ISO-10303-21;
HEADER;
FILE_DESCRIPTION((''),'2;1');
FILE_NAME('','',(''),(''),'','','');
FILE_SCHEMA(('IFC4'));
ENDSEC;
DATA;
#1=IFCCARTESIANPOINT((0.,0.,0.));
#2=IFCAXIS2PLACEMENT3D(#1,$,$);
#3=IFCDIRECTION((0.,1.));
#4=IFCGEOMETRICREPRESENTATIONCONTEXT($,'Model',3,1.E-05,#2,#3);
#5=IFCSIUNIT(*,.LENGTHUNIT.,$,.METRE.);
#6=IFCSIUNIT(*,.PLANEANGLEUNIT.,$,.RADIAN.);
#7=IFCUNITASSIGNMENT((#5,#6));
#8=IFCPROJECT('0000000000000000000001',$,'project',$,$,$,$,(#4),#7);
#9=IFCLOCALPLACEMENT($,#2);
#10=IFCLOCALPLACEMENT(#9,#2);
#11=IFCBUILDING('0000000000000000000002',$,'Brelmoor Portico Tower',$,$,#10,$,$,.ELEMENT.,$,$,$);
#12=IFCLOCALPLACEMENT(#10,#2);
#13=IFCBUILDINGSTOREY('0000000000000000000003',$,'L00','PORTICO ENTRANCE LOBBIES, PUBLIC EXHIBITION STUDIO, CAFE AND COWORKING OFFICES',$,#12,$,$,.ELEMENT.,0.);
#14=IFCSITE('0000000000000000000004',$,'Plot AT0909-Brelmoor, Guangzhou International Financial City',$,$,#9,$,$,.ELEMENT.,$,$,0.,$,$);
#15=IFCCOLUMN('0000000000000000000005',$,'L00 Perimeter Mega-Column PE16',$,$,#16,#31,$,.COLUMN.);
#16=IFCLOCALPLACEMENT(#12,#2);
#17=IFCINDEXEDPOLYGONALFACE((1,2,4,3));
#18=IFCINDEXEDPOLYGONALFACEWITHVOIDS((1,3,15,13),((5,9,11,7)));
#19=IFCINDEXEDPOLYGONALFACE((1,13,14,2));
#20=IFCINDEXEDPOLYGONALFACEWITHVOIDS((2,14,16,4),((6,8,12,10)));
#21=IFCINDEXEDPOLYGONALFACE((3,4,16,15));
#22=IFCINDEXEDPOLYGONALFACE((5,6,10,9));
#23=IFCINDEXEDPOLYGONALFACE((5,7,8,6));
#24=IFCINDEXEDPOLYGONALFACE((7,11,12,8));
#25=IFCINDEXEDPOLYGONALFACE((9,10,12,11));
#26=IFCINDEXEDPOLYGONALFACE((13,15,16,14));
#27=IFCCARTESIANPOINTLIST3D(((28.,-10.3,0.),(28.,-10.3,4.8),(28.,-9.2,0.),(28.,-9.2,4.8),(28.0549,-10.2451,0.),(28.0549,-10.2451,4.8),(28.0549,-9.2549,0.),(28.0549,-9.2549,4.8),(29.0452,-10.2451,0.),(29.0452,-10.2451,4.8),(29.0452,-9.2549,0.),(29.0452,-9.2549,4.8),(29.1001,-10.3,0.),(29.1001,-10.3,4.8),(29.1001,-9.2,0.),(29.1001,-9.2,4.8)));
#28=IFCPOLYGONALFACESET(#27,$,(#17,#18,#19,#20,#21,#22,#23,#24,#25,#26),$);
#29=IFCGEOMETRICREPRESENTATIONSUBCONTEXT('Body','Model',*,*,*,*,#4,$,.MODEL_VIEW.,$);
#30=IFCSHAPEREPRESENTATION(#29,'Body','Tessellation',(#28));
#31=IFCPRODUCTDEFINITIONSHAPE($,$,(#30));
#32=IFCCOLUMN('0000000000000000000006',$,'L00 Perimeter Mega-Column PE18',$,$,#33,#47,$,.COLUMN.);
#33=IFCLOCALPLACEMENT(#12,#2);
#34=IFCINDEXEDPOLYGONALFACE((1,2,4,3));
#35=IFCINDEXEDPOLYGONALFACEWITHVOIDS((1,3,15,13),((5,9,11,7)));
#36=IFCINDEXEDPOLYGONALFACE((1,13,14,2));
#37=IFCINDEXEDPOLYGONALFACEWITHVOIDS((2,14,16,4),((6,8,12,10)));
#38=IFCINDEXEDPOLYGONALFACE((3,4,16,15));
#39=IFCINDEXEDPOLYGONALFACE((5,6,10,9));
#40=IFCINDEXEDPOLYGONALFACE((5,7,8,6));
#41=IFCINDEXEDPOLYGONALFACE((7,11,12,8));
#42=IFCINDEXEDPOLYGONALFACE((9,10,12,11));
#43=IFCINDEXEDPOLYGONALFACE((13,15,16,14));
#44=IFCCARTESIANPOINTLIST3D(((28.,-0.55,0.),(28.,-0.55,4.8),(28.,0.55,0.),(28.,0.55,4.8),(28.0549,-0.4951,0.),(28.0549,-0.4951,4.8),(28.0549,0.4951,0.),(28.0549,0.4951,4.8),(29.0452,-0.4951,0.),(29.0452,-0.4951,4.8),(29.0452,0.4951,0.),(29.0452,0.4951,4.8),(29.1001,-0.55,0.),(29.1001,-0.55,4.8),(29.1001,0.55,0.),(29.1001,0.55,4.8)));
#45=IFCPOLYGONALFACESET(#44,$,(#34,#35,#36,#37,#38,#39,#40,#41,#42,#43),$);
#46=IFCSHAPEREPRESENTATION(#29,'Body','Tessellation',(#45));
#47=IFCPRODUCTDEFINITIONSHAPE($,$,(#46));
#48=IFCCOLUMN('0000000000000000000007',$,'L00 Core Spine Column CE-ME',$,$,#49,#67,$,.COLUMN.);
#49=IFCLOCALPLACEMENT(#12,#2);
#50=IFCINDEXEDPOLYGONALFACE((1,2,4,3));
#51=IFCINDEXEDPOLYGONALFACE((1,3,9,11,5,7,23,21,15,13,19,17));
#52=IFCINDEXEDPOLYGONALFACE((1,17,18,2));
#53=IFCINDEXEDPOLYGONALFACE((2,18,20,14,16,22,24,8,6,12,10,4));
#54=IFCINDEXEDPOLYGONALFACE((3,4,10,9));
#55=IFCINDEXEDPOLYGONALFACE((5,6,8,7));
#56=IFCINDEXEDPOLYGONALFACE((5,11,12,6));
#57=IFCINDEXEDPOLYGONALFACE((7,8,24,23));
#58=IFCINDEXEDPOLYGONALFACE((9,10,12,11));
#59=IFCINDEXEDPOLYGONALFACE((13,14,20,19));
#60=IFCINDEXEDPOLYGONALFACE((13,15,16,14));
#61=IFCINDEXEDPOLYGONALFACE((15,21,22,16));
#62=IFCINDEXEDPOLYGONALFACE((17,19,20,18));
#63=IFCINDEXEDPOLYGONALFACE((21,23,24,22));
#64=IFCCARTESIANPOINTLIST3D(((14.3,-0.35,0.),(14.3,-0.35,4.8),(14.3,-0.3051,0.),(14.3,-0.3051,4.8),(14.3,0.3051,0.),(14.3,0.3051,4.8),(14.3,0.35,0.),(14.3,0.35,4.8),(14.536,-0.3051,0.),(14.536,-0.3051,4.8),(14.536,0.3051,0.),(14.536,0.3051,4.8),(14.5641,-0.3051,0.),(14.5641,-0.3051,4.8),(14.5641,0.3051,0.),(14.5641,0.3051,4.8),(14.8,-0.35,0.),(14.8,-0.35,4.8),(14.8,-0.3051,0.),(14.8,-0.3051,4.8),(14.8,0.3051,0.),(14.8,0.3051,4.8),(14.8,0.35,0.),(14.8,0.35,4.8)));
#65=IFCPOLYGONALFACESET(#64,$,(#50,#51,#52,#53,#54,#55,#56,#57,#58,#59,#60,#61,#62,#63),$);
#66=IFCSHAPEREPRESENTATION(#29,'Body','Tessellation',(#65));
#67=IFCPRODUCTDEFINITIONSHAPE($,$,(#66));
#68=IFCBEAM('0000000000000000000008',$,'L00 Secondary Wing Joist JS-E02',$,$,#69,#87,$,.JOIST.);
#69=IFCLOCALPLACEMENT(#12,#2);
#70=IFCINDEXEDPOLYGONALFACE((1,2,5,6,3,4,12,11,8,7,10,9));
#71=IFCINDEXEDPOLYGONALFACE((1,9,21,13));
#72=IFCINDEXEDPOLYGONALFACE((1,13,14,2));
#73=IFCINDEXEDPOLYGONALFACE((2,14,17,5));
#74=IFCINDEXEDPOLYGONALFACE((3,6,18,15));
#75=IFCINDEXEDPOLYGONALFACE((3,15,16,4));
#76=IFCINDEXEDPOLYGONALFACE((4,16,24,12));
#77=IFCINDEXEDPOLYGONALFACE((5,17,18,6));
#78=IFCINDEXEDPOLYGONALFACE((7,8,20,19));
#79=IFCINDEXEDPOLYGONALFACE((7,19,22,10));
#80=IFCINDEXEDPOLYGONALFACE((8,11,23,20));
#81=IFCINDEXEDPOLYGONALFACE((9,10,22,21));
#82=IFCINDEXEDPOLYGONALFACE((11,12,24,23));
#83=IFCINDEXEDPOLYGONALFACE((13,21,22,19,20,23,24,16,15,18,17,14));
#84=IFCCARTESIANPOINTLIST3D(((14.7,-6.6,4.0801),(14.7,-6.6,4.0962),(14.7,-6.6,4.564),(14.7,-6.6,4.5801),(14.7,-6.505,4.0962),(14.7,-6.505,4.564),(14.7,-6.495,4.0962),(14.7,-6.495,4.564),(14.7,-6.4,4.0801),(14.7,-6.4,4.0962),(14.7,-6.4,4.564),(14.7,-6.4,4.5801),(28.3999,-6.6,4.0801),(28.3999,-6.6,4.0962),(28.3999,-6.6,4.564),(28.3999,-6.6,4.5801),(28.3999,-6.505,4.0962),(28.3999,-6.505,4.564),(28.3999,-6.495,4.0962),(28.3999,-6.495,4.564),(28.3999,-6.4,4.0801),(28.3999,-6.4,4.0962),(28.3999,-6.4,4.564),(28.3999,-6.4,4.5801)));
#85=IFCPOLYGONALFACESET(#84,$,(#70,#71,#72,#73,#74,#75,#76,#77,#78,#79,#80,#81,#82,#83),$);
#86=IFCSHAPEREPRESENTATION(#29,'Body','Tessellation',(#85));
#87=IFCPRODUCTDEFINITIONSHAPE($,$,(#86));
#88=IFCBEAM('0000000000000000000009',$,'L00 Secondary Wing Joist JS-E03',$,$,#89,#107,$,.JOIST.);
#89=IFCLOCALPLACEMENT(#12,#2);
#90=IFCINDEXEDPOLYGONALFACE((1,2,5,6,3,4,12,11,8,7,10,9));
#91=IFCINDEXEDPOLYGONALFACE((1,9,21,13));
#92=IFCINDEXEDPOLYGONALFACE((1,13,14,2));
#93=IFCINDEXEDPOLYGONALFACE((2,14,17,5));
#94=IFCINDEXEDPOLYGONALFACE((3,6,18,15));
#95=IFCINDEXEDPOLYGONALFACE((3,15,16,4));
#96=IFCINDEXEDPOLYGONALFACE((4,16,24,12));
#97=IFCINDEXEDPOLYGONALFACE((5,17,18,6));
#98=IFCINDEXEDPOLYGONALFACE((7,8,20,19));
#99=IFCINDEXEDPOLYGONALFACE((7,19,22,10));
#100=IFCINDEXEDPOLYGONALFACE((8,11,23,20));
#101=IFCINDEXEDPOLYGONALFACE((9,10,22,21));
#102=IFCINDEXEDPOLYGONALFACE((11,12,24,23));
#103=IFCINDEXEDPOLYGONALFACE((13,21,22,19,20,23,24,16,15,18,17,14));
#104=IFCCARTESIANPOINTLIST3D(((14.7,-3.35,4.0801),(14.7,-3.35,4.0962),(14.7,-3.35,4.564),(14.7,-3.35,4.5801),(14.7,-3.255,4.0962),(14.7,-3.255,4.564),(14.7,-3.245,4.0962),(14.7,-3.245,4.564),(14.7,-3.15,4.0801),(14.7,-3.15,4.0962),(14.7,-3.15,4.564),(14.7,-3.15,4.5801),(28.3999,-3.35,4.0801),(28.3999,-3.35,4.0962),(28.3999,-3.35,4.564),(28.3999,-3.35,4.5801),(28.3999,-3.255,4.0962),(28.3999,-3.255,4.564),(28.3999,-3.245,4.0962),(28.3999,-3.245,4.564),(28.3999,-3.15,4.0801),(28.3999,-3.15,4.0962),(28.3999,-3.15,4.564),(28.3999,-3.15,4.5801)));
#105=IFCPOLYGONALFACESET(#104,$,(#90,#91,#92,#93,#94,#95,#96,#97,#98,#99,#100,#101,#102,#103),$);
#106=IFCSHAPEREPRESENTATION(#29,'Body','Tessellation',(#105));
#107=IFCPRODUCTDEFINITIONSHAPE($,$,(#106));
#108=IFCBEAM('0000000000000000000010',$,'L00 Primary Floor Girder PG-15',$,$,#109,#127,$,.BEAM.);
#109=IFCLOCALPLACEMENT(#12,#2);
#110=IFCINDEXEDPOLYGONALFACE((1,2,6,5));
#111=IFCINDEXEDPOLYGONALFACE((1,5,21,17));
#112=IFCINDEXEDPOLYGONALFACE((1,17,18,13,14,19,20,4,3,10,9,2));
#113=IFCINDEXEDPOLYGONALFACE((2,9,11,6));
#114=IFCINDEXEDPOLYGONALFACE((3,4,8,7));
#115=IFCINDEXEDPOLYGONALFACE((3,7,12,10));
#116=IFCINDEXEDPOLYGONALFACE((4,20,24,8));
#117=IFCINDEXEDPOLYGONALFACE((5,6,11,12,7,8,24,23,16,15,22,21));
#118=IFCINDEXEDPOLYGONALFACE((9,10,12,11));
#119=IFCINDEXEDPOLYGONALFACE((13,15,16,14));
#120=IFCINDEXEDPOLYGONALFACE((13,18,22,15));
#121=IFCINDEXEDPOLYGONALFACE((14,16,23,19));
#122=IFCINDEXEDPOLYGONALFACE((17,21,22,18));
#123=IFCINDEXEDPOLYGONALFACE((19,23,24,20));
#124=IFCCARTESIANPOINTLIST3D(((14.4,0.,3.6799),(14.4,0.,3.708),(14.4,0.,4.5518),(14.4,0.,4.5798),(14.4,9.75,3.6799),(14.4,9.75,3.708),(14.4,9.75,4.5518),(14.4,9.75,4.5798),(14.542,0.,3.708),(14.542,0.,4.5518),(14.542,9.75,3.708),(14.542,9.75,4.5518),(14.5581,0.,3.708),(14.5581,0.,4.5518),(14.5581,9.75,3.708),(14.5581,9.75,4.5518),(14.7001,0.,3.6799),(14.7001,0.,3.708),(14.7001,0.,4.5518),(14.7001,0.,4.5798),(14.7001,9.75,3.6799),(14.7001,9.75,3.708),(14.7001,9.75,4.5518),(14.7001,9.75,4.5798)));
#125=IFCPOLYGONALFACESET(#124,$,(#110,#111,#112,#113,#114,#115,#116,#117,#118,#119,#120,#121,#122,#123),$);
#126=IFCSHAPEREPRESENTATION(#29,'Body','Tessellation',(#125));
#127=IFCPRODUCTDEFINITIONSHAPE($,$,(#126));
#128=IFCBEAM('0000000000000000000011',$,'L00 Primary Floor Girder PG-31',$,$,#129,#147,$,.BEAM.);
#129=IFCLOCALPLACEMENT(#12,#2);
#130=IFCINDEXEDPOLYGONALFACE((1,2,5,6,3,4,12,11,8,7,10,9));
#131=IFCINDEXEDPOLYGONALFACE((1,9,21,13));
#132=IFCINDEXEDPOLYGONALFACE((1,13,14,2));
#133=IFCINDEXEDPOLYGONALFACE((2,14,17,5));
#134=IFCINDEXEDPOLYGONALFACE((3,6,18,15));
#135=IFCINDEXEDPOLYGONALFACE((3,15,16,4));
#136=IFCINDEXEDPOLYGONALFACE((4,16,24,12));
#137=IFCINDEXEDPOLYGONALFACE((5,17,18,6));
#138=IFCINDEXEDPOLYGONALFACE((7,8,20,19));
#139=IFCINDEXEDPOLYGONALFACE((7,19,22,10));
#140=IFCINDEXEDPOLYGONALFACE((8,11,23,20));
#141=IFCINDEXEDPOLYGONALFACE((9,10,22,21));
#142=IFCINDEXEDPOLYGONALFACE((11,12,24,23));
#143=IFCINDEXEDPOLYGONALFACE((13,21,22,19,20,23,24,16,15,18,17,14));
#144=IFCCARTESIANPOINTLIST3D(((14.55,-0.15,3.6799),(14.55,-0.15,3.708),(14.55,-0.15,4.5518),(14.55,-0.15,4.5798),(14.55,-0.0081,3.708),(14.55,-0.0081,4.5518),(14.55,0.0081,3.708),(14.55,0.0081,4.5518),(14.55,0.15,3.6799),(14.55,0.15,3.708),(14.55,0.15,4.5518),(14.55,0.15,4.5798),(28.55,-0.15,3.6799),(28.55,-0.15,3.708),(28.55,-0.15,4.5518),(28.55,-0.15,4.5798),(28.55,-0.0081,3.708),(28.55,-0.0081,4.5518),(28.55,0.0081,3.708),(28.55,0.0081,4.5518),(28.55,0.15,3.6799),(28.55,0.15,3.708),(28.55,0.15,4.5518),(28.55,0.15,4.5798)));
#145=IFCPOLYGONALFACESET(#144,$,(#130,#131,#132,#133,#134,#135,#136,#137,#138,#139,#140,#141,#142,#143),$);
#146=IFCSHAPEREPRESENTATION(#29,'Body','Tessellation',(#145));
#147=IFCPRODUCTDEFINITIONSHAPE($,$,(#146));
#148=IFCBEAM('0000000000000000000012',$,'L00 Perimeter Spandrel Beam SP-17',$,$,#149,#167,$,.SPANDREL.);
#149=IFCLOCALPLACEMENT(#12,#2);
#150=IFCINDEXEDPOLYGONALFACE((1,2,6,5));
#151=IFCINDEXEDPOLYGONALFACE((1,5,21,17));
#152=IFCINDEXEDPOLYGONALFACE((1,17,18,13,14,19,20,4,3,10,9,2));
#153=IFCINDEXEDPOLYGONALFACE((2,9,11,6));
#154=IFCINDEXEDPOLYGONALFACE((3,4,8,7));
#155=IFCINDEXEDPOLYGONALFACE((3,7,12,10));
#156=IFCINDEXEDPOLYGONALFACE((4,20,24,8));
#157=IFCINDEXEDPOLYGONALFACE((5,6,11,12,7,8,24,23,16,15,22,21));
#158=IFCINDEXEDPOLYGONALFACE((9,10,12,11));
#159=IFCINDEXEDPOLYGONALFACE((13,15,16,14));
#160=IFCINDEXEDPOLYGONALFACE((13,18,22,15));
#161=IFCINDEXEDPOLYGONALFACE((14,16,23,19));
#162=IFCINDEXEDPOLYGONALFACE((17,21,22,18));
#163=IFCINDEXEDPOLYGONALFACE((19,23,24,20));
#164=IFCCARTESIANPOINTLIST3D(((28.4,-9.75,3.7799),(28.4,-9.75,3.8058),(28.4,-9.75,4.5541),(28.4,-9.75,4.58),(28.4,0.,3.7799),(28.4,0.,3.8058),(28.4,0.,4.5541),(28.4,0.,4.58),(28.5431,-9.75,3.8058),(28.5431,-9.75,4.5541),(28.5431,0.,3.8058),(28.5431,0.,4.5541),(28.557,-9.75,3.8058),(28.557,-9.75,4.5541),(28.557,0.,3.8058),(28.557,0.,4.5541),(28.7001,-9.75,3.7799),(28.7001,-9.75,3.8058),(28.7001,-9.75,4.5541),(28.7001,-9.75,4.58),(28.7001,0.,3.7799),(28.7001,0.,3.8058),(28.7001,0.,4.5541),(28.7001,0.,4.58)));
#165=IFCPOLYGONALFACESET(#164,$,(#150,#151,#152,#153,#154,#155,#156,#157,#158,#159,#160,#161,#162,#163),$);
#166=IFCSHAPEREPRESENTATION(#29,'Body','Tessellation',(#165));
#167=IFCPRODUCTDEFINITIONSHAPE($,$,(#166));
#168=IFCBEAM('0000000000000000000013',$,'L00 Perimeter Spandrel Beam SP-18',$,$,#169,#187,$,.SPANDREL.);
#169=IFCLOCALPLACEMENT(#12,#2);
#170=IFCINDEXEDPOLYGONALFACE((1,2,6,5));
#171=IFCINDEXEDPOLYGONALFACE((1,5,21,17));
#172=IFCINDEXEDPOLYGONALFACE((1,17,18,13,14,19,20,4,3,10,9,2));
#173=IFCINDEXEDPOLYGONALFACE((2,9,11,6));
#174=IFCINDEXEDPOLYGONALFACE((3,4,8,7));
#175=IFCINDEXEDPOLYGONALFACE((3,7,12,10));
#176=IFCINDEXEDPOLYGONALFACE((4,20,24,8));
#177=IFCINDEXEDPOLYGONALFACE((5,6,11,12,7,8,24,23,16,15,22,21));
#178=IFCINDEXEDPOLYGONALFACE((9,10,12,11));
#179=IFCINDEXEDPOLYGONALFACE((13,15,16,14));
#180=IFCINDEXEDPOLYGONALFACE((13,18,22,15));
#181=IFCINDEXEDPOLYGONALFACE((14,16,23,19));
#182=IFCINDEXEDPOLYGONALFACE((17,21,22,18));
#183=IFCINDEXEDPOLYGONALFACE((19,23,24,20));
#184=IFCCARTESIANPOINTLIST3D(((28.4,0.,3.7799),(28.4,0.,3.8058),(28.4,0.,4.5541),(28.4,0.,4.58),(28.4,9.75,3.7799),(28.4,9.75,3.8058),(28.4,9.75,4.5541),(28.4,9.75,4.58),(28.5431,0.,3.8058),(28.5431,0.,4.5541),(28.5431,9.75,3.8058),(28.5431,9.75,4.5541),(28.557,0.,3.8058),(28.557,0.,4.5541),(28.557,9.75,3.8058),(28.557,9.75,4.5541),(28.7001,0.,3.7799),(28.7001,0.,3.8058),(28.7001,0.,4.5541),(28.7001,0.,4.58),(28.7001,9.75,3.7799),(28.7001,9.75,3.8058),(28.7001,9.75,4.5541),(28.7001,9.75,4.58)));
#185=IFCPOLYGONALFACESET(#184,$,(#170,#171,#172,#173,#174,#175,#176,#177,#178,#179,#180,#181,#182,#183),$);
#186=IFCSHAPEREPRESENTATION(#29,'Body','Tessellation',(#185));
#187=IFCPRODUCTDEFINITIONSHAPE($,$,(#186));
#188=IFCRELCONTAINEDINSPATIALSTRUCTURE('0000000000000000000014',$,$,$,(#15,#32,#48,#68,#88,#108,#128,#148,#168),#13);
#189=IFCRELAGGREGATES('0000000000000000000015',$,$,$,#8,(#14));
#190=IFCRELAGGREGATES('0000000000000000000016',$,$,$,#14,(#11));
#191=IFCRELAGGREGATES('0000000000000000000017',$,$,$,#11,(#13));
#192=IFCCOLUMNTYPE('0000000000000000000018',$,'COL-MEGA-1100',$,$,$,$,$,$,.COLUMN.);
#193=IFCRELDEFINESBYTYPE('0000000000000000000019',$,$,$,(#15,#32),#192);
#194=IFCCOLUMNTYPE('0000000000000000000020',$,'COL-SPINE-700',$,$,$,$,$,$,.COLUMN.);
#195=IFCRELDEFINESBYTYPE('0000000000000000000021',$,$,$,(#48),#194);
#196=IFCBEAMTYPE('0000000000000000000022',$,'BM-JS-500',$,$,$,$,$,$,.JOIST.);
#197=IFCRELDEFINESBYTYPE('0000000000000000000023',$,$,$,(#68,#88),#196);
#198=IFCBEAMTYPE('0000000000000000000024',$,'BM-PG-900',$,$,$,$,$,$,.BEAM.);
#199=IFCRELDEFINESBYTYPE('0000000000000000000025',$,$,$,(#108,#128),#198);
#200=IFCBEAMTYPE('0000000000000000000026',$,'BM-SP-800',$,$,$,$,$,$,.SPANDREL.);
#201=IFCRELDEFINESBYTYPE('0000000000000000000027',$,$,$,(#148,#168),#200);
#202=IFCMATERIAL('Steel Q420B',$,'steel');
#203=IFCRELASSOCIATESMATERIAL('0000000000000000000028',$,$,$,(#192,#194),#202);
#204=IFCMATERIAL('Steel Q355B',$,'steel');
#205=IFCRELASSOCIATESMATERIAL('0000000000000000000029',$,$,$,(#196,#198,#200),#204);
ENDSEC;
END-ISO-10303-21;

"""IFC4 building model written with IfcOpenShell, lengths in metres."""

from ifc_helpers import new_model, si_unit, direction, frame, origin, origin_2d, place, context, subcontext, project, spatial, hollow_rectangle, i_section, extrude, material, material_profile, profile_set, type_object, element, save


model = new_model("IFC4")

# Units and contexts
model_context = context("Model", 3, precision=1e-05, world=origin(), true_north=direction((0.0, 1.0)))
body_context = subcontext(model_context, "Body", "Model", "MODEL_VIEW")
ifc_project = project(units=[si_unit("LENGTHUNIT", "METRE"), si_unit("PLANEANGLEUNIT", "RADIAN")], contexts=[model_context])

# Site, building, storey
site_placement = place(None, origin())
site = spatial("IfcSite", under=ifc_project, at=site_placement, Name="Plot AT0909-Brelmoor, Guangzhou International Financial City", CompositionType="ELEMENT", RefElevation=0.0)
building_placement = place(site_placement, origin())
building = spatial("IfcBuilding", under=site, at=building_placement, Name="Brelmoor Portico Tower", CompositionType="ELEMENT")
storey_placement = place(building_placement, origin())
storey = spatial("IfcBuildingStorey", under=building, at=storey_placement, Name="L00", Description="PORTICO ENTRANCE LOBBIES, PUBLIC EXHIBITION STUDIO, CAFE AND COWORKING OFFICES", CompositionType="ELEMENT", Elevation=0.0)

# Columns
ifc_material_1 = material(Name="Steel Q420B", Category="steel")
ifc_material_profile_1 = material_profile(ifc_material_1, hollow_rectangle(XDim=1.1001, YDim=1.1001, WallThickness=0.0549, at=origin_2d()), Name="BOX 1100x1100x55")
ifc_profile_set_1 = profile_set([ifc_material_profile_1], Name="Steel Q420B")
column_type_1 = type_object("IfcColumnType", Name="COL-MEGA-1100", PredefinedType="COLUMN", material=ifc_profile_set_1)
for number, where, z_axis, x_axis, name in (
    (1, (28.55, -9.75, 0.0), (0.0, 0.0, 1.0), (0.0, 1.0, 0.0), "L00 Perimeter Mega-Column PE16"),
    (2, (28.55, 0.0, 0.0), (0.0, 0.0, 1.0), (0.0, 1.0, 0.0), "L00 Perimeter Mega-Column PE18"),
):
    element("IfcColumn", number, at=place(storey_placement, frame(where, z_axis=z_axis, x_axis=x_axis)), inside=storey, type_object=column_type_1, Name=name, PredefinedType="COLUMN", context=body_context, shape_type="SweptSolid", body=[
        extrude(hollow_rectangle(XDim=1.1001, YDim=1.1001, WallThickness=0.0549, at=origin_2d()), origin(), (0.0, 0.0, 1.0), 4.8),
    ])
ifc_material_profile_2 = material_profile(ifc_material_1, i_section(OverallWidth=0.5, OverallDepth=0.7, WebThickness=0.0281, FlangeThickness=0.0449, at=origin_2d()), Name="HW 700x500x28x45")
ifc_profile_set_2 = profile_set([ifc_material_profile_2], Name="Steel Q420B")
column_type_2 = type_object("IfcColumnType", Name="COL-SPINE-700", PredefinedType="COLUMN", material=ifc_profile_set_2)
column_placement = place(storey_placement, frame((14.55, 0.0, 0.0), z_axis=(0.0, 0.0, 1.0), x_axis=(1.0, 0.0, 0.0)))
element("IfcColumn", 3, at=column_placement, inside=storey, type_object=column_type_2, Name="L00 Core Spine Column CE-ME", PredefinedType="COLUMN", context=body_context, shape_type="SweptSolid", body=[
    extrude(i_section(OverallWidth=0.5, OverallDepth=0.7, WebThickness=0.0281, FlangeThickness=0.0449, at=origin_2d()), origin(), (0.0, 0.0, 1.0), 4.8),
])

# Beams
ifc_material_2 = material(Name="Steel Q355B", Category="steel")
ifc_material_profile_3 = material_profile(ifc_material_2, i_section(OverallWidth=0.2, OverallDepth=0.5, WebThickness=0.01, FlangeThickness=0.0161, at=origin_2d()), Name="HN 500x200x10x16")
ifc_profile_set_3 = profile_set([ifc_material_profile_3], Name="Steel Q355B")
beam_type_1 = type_object("IfcBeamType", Name="BM-JS-500", PredefinedType="JOIST", material=ifc_profile_set_3)
for number, where, z_axis, x_axis, name in (
    (4, (14.7, -6.5, 4.3301), (1.0, 0.0, 0.0), (0.0, 1.0, 0.0), "L00 Secondary Wing Joist JS-E02"),
    (5, (14.7, -3.25, 4.3301), (1.0, 0.0, 0.0), (0.0, 1.0, 0.0), "L00 Secondary Wing Joist JS-E03"),
):
    element("IfcBeam", number, at=place(storey_placement, frame(where, z_axis=z_axis, x_axis=x_axis)), inside=storey, type_object=beam_type_1, Name=name, PredefinedType="JOIST", context=body_context, shape_type="SweptSolid", body=[
        extrude(i_section(OverallWidth=0.2, OverallDepth=0.5, WebThickness=0.01, FlangeThickness=0.0161, at=origin_2d()), origin(), (0.0, 0.0, 1.0), 13.7),
    ])
ifc_material_profile_4 = material_profile(ifc_material_2, i_section(OverallWidth=0.3, OverallDepth=0.8999, WebThickness=0.0161, FlangeThickness=0.0281, at=origin_2d()), Name="HN 900x300x16x28")
ifc_profile_set_4 = profile_set([ifc_material_profile_4], Name="Steel Q355B")
beam_type_2 = type_object("IfcBeamType", Name="BM-PG-900", PredefinedType="BEAM", material=ifc_profile_set_4)
beam_1_placement = place(storey_placement, frame((14.55, 0.0, 4.1299), z_axis=(0.0, 1.0, 0.0), x_axis=(-1.0, 0.0, 0.0)))
element("IfcBeam", 6, at=beam_1_placement, inside=storey, type_object=beam_type_2, Name="L00 Primary Floor Girder PG-15", PredefinedType="BEAM", context=body_context, shape_type="SweptSolid", body=[
    extrude(i_section(OverallWidth=0.3, OverallDepth=0.8999, WebThickness=0.0161, FlangeThickness=0.0281, at=origin_2d()), origin(), (0.0, 0.0, 1.0), 9.75),
])
beam_2_placement = place(storey_placement, frame((14.55, 0.0, 4.1299), z_axis=(1.0, 0.0, 0.0), x_axis=(0.0, 1.0, 0.0)))
element("IfcBeam", 7, at=beam_2_placement, inside=storey, type_object=beam_type_2, Name="L00 Primary Floor Girder PG-31", PredefinedType="BEAM", context=body_context, shape_type="SweptSolid", body=[
    extrude(i_section(OverallWidth=0.3, OverallDepth=0.8999, WebThickness=0.0161, FlangeThickness=0.0281, at=origin_2d()), origin(), (0.0, 0.0, 1.0), 14.0),
])
ifc_material_profile_5 = material_profile(ifc_material_2, i_section(OverallWidth=0.3, OverallDepth=0.8, WebThickness=0.0139, FlangeThickness=0.0259, at=origin_2d()), Name="HN 800x300x14x26")
ifc_profile_set_5 = profile_set([ifc_material_profile_5], Name="Steel Q355B")
beam_type_3 = type_object("IfcBeamType", Name="BM-SP-800", PredefinedType="SPANDREL", material=ifc_profile_set_5)
for number, where, z_axis, x_axis, name in (
    (8, (28.55, -9.75, 4.1799), (0.0, 1.0, 0.0), (-1.0, 0.0, 0.0), "L00 Perimeter Spandrel Beam SP-17"),
    (9, (28.55, 0.0, 4.1799), (0.0, 1.0, 0.0), (-1.0, 0.0, 0.0), "L00 Perimeter Spandrel Beam SP-18"),
):
    element("IfcBeam", number, at=place(storey_placement, frame(where, z_axis=z_axis, x_axis=x_axis)), inside=storey, type_object=beam_type_3, Name=name, PredefinedType="SPANDREL", context=body_context, shape_type="SweptSolid", body=[
        extrude(i_section(OverallWidth=0.3, OverallDepth=0.8, WebThickness=0.0139, FlangeThickness=0.0259, at=origin_2d()), origin(), (0.0, 0.0, 1.0), 9.75),
    ])

save(model, "model.ifc")
